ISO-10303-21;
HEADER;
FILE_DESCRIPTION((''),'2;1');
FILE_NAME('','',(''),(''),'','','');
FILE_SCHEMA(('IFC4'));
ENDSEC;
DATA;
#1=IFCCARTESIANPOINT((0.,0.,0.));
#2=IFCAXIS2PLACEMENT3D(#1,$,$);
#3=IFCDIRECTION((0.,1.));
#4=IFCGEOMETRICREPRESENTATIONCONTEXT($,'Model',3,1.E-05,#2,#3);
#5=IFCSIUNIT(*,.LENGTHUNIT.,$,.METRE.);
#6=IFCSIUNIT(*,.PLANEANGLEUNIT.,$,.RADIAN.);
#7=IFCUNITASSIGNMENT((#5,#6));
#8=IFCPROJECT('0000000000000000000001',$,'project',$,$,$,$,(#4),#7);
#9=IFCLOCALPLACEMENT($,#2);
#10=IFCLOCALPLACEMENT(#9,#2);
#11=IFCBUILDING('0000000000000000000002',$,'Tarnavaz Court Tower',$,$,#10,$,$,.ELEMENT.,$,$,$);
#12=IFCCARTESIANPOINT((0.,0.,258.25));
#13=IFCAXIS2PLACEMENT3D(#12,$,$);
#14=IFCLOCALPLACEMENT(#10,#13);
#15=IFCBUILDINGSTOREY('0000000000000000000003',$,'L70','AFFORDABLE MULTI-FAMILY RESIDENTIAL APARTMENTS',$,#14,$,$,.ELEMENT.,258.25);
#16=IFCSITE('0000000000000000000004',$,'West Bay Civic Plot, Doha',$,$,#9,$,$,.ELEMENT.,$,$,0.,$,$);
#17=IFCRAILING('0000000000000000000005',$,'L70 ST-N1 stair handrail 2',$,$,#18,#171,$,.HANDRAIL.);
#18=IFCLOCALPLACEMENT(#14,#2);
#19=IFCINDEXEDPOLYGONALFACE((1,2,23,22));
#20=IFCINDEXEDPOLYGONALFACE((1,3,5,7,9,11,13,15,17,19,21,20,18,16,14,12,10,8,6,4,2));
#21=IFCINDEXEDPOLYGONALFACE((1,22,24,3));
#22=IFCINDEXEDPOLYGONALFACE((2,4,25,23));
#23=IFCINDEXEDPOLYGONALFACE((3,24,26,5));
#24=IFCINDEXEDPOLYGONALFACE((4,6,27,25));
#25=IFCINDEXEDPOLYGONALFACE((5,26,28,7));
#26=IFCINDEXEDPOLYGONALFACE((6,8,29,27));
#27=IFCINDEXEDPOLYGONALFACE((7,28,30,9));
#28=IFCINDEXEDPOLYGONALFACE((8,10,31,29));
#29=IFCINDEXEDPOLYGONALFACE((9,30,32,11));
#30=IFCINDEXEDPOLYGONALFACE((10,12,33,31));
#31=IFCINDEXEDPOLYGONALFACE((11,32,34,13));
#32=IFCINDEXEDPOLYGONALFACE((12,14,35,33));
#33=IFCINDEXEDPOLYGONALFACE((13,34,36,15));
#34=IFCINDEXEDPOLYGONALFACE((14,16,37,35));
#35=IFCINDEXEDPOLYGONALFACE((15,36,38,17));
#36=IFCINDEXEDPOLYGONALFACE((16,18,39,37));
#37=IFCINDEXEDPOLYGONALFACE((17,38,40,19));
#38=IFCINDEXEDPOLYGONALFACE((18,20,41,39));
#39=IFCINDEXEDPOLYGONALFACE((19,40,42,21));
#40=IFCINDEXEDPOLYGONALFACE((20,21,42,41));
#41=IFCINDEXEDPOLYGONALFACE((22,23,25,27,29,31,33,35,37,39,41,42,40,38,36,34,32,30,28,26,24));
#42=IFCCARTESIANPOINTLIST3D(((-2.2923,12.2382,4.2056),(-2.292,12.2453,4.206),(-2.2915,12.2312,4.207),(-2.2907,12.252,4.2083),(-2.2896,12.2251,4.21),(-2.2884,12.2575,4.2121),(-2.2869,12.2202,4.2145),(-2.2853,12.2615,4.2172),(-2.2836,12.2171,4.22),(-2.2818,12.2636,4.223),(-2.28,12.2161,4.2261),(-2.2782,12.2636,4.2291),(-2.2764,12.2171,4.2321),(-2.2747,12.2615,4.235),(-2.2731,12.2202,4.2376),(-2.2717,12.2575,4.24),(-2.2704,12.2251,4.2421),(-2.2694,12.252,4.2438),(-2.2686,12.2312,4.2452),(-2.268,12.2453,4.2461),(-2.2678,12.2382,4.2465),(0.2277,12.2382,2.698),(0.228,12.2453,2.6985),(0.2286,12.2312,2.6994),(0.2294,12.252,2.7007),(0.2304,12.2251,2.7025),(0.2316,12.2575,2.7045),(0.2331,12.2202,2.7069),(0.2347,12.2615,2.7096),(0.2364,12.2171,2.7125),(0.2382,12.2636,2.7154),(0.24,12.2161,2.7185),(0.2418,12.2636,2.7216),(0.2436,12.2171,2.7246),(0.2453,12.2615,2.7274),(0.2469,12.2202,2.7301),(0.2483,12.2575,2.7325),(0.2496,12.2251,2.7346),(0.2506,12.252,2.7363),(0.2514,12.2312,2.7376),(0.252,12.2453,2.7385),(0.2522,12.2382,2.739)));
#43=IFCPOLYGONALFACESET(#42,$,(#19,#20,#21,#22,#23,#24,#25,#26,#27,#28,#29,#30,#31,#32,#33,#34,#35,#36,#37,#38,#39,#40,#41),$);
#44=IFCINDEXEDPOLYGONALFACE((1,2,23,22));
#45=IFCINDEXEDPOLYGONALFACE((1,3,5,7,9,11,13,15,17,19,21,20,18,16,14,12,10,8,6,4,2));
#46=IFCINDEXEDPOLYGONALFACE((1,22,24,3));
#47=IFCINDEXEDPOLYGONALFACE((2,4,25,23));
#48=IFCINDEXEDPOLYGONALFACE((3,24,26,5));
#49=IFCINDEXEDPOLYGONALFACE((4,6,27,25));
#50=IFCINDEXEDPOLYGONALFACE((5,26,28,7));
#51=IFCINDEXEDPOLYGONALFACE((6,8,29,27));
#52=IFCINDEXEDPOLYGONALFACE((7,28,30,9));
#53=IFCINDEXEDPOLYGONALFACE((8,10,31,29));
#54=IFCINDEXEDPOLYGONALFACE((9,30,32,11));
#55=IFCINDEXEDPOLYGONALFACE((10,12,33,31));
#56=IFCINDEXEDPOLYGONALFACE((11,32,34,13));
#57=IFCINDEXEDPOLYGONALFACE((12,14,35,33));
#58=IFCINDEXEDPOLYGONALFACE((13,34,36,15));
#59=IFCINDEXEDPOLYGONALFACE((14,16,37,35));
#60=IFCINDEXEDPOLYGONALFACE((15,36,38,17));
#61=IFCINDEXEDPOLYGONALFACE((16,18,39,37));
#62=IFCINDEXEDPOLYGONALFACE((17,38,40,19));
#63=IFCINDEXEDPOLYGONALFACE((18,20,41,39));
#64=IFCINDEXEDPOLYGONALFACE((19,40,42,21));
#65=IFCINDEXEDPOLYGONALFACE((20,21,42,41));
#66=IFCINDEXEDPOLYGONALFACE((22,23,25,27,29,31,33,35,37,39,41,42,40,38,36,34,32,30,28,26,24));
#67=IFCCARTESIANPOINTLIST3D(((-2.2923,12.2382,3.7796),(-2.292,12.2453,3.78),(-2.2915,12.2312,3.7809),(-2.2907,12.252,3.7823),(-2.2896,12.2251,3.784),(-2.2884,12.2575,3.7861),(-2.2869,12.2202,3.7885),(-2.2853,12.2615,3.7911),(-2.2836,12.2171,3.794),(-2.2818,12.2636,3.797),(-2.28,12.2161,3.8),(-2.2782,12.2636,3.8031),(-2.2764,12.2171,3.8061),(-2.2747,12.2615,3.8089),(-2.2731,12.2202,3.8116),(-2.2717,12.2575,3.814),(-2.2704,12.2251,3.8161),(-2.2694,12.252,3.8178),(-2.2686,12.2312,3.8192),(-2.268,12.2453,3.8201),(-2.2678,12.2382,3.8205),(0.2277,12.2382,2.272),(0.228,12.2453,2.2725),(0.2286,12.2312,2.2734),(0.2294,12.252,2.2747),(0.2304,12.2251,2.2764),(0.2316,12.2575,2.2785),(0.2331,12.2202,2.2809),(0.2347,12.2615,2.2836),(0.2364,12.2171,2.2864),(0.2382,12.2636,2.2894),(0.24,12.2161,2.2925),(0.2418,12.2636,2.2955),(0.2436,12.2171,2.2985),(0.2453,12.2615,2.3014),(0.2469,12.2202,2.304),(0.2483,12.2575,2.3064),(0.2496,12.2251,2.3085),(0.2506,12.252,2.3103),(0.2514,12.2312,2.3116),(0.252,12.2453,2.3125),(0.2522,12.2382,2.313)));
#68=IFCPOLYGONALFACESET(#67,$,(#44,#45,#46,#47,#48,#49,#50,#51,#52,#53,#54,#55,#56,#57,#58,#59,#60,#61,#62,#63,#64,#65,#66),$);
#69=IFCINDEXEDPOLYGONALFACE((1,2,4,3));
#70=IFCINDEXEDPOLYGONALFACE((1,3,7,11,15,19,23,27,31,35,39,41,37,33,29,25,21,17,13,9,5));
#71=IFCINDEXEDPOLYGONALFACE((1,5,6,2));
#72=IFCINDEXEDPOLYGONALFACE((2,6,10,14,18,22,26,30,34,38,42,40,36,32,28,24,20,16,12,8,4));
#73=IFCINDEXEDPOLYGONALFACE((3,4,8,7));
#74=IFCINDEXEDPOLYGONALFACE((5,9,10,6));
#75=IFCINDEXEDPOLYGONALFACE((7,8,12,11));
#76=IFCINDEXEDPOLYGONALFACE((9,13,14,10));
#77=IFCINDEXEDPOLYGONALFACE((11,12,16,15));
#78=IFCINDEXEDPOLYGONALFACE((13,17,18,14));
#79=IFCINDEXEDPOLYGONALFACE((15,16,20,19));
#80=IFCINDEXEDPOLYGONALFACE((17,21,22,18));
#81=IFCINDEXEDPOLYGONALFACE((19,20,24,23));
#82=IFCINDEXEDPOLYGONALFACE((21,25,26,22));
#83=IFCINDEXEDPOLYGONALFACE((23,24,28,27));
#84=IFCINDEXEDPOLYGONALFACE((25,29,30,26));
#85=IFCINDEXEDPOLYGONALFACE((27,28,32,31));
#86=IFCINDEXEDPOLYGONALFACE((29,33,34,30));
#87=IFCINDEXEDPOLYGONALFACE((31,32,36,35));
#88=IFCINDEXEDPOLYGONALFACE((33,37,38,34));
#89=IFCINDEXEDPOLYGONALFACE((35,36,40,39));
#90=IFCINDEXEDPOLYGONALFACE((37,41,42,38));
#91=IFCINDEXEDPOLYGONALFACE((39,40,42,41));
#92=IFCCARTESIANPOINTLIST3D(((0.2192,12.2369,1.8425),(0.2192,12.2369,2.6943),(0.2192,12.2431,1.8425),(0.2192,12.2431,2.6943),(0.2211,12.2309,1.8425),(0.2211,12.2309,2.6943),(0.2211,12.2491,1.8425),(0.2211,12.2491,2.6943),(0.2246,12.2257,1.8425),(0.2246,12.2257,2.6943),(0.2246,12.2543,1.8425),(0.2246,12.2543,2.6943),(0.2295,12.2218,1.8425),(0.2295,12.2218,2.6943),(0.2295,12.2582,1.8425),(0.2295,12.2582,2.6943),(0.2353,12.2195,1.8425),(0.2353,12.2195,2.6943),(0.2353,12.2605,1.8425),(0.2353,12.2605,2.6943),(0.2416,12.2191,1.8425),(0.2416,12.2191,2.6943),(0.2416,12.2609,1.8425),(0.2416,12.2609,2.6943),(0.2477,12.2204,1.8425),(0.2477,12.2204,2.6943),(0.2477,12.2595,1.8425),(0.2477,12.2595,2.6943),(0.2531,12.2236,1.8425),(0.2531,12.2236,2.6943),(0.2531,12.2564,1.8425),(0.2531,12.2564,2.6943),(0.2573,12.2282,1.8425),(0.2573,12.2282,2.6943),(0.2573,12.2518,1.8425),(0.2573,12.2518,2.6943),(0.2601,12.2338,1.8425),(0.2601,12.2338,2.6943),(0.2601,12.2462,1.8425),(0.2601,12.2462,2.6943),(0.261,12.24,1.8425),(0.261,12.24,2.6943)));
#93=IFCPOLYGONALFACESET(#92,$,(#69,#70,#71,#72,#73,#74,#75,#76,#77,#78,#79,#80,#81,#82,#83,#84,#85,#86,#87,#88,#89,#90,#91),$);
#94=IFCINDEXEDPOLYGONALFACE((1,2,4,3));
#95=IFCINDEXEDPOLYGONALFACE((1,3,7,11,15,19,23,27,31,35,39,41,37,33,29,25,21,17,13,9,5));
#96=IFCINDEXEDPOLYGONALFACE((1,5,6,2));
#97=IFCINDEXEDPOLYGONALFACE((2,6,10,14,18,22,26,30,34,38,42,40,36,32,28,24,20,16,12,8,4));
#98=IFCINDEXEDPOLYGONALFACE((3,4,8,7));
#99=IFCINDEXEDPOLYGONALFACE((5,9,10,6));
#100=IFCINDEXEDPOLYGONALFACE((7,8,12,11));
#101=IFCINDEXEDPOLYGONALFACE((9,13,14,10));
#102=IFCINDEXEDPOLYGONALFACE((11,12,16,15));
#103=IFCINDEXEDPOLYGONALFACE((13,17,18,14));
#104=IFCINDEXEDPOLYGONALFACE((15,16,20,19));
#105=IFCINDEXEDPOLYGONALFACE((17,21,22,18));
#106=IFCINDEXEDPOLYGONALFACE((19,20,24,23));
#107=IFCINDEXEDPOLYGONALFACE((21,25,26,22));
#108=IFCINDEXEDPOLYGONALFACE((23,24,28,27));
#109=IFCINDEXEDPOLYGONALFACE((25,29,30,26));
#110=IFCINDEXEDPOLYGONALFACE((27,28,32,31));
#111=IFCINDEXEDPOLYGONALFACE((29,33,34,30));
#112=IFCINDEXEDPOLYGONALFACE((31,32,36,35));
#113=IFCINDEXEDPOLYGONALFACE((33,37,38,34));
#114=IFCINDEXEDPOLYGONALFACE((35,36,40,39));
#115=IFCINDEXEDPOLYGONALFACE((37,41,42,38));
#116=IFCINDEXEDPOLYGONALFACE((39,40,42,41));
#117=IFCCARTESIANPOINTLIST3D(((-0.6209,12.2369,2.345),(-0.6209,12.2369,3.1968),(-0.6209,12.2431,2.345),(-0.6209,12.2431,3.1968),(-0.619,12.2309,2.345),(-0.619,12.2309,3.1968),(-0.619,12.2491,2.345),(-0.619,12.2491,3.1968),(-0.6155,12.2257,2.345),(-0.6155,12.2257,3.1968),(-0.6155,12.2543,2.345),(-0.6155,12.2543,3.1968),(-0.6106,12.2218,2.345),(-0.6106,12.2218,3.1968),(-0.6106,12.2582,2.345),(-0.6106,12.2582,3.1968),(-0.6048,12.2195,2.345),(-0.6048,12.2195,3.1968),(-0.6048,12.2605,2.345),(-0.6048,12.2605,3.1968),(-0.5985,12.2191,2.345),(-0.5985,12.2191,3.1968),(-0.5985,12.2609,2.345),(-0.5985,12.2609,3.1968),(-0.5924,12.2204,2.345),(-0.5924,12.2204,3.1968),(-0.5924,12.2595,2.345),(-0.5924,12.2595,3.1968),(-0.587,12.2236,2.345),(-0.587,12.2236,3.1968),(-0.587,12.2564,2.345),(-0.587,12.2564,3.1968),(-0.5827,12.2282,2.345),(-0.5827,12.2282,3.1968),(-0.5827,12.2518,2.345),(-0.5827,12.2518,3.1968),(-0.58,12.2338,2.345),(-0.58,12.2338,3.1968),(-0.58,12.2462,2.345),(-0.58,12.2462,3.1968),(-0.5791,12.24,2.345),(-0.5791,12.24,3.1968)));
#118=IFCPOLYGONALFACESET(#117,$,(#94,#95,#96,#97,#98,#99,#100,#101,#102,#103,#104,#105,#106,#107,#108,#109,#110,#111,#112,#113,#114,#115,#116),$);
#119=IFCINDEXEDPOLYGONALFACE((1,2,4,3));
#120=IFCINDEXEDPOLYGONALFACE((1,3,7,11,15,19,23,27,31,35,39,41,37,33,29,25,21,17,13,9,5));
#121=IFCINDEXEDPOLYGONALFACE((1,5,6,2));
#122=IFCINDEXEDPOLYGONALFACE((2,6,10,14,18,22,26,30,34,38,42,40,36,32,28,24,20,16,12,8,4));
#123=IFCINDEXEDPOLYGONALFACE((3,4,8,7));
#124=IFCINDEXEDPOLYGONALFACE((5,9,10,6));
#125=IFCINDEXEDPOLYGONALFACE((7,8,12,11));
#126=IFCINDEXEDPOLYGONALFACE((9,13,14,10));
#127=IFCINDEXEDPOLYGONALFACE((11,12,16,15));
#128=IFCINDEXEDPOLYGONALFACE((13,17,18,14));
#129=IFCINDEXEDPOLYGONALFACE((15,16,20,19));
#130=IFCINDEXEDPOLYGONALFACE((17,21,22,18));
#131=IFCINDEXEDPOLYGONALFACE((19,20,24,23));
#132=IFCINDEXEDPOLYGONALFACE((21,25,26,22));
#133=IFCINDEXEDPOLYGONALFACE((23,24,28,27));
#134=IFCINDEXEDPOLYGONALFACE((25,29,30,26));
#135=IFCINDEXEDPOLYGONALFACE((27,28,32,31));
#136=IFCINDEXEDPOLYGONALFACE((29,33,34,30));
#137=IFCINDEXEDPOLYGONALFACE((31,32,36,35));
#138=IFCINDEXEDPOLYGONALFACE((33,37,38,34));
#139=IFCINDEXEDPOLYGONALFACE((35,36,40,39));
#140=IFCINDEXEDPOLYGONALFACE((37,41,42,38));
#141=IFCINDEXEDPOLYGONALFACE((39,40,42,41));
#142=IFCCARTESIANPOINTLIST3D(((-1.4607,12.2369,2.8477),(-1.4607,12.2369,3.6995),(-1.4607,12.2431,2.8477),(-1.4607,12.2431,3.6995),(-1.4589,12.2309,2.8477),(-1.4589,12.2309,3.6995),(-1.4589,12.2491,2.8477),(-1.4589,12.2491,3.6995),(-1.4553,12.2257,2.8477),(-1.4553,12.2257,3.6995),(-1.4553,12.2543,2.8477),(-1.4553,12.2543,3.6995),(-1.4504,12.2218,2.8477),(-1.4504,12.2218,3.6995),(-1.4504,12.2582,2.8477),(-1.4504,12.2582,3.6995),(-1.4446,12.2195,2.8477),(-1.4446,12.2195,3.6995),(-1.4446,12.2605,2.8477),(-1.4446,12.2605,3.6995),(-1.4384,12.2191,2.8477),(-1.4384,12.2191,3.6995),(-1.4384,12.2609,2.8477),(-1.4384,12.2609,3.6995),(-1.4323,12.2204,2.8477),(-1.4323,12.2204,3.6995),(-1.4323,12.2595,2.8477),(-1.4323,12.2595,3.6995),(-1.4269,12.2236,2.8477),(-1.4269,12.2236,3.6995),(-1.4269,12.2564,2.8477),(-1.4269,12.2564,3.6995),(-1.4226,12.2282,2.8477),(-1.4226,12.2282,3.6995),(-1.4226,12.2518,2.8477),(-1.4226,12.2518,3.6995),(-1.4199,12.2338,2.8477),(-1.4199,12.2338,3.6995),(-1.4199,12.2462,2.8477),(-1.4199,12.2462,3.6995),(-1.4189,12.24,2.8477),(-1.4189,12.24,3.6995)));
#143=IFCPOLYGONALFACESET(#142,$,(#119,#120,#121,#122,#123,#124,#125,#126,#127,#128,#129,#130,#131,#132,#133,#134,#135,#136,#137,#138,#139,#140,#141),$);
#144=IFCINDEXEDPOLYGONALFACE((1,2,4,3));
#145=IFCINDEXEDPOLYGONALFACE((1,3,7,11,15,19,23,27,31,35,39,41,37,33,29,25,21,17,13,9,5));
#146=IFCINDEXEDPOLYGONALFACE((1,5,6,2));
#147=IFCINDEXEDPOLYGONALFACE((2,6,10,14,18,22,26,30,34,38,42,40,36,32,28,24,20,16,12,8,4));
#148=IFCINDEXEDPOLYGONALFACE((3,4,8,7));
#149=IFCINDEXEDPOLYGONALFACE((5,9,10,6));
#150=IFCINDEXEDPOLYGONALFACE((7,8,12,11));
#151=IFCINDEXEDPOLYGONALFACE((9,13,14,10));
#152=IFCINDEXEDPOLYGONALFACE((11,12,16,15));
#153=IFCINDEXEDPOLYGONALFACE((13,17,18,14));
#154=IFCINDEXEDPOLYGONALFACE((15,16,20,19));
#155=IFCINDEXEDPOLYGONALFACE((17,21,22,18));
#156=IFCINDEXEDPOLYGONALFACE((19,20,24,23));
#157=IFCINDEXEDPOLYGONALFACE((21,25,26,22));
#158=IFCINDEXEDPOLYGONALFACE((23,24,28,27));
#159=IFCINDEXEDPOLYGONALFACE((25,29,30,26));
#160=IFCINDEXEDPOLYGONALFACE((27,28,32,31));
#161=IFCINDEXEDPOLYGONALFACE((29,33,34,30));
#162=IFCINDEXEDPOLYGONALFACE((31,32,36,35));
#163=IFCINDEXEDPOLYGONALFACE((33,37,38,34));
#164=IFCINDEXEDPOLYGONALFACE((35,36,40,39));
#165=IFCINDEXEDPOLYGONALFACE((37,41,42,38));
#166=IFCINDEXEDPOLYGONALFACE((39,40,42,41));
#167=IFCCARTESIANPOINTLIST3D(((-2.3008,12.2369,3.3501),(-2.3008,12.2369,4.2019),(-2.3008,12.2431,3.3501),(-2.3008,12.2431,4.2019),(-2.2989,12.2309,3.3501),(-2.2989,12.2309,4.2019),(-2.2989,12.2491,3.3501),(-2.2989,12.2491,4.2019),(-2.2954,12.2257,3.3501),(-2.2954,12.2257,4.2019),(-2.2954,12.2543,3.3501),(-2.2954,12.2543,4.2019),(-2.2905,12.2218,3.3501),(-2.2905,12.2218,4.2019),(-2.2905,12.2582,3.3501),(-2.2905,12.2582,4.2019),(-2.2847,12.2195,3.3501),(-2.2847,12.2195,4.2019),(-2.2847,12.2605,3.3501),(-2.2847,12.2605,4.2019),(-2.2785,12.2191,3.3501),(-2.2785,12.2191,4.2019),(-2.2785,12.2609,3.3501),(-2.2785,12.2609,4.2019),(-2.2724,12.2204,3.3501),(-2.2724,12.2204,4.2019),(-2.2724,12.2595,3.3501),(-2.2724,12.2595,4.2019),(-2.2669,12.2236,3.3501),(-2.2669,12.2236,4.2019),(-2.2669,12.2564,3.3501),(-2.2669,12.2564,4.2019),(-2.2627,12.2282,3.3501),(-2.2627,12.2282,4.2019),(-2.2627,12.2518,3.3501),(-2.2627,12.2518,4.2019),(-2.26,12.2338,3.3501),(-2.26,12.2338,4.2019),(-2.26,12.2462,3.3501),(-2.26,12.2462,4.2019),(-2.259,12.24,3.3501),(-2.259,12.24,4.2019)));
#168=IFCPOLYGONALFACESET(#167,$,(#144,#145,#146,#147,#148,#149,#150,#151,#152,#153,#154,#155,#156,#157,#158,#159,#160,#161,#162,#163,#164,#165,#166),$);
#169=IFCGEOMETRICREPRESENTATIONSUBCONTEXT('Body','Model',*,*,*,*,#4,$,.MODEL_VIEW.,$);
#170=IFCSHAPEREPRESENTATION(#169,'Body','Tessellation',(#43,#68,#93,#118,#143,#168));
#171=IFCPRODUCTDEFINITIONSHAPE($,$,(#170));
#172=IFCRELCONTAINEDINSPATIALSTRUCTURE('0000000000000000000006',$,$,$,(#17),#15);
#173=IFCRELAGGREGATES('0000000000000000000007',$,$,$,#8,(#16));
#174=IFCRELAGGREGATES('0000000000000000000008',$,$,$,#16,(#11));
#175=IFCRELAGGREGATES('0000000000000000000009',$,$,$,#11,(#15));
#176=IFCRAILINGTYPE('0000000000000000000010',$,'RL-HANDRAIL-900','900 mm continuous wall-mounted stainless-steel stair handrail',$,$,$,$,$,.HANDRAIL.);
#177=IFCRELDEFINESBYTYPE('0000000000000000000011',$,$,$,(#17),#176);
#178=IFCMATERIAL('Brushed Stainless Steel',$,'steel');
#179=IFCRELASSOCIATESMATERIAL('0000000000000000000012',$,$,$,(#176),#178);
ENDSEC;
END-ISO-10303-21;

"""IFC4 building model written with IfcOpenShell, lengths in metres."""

from ifc_helpers import new_model, si_unit, direction, frame, origin, origin_2d, place, context, subcontext, project, spatial, circle, extrude, material, type_object, element, save


model = new_model("IFC4")

# Units and contexts
model_context = context("Model", 3, precision=1e-05, world=origin(), true_north=direction((0.0, 1.0)))
body_context = subcontext(model_context, "Body", "Model", "MODEL_VIEW")
ifc_project = project(units=[si_unit("LENGTHUNIT", "METRE"), si_unit("PLANEANGLEUNIT", "RADIAN")], contexts=[model_context])

# Site, building, storey
site_placement = place(None, origin())
site = spatial("IfcSite", under=ifc_project, at=site_placement, Name="West Bay Civic Plot, Doha", CompositionType="ELEMENT", RefElevation=0.0)
building_placement = place(site_placement, origin())
building = spatial("IfcBuilding", under=site, at=building_placement, Name="Tarnavaz Court Tower", CompositionType="ELEMENT")
storey_placement = place(building_placement, frame((0.0, 0.0, 258.25)))
storey = spatial("IfcBuildingStorey", under=building, at=storey_placement, Name="L70", Description="AFFORDABLE MULTI-FAMILY RESIDENTIAL APARTMENTS", CompositionType="ELEMENT", Elevation=258.25)

# Railing
ifc_material_1 = material(Name="Brushed Stainless Steel", Category="steel")
railing_type_1 = type_object("IfcRailingType", Name="RL-HANDRAIL-900", Description="900 mm continuous wall-mounted stainless-steel stair handrail", PredefinedType="HANDRAIL", material=ifc_material_1)
railing_1_placement = place(storey_placement, frame((0.24, 12.24, 1.8425)))
element("IfcRailing", 1, at=railing_1_placement, inside=storey, type_object=railing_type_1, Name="L70 ST-N1 stair handrail 2", PredefinedType="HANDRAIL", context=body_context, shape_type="SweptSolid", body=[
    extrude(circle(Radius=0.0239, at=origin_2d()), frame((0.0, 0.0, 0.876), z_axis=(-0.85816, 0.0, 0.513383), x_axis=(0.0, -1.0, 0.0)), (0.0, 0.0, 1.0), 2.9365),
    extrude(circle(Radius=0.0239, at=origin_2d()), frame((0.0, 0.0, 0.45), z_axis=(-0.85816, 0.0, 0.513383), x_axis=(0.0, -1.0, 0.0)), (0.0, 0.0, 1.0), 2.9365),
    extrude(circle(Radius=0.021, at=origin_2d()), origin(), (0.0, 0.0, 1.0), 0.8518),
    extrude(circle(Radius=0.021, at=origin_2d()), frame((-0.8401, 0.0, 0.5024)), (0.0, 0.0, 1.0), 0.8518),
    extrude(circle(Radius=0.021, at=origin_2d()), frame((-1.6799, 0.0, 1.0051)), (0.0, 0.0, 1.0), 0.8518),
    extrude(circle(Radius=0.021, at=origin_2d()), frame((-2.52, 0.0, 1.5076)), (0.0, 0.0, 1.0), 0.8518),
])

save(model, "model.ifc")
